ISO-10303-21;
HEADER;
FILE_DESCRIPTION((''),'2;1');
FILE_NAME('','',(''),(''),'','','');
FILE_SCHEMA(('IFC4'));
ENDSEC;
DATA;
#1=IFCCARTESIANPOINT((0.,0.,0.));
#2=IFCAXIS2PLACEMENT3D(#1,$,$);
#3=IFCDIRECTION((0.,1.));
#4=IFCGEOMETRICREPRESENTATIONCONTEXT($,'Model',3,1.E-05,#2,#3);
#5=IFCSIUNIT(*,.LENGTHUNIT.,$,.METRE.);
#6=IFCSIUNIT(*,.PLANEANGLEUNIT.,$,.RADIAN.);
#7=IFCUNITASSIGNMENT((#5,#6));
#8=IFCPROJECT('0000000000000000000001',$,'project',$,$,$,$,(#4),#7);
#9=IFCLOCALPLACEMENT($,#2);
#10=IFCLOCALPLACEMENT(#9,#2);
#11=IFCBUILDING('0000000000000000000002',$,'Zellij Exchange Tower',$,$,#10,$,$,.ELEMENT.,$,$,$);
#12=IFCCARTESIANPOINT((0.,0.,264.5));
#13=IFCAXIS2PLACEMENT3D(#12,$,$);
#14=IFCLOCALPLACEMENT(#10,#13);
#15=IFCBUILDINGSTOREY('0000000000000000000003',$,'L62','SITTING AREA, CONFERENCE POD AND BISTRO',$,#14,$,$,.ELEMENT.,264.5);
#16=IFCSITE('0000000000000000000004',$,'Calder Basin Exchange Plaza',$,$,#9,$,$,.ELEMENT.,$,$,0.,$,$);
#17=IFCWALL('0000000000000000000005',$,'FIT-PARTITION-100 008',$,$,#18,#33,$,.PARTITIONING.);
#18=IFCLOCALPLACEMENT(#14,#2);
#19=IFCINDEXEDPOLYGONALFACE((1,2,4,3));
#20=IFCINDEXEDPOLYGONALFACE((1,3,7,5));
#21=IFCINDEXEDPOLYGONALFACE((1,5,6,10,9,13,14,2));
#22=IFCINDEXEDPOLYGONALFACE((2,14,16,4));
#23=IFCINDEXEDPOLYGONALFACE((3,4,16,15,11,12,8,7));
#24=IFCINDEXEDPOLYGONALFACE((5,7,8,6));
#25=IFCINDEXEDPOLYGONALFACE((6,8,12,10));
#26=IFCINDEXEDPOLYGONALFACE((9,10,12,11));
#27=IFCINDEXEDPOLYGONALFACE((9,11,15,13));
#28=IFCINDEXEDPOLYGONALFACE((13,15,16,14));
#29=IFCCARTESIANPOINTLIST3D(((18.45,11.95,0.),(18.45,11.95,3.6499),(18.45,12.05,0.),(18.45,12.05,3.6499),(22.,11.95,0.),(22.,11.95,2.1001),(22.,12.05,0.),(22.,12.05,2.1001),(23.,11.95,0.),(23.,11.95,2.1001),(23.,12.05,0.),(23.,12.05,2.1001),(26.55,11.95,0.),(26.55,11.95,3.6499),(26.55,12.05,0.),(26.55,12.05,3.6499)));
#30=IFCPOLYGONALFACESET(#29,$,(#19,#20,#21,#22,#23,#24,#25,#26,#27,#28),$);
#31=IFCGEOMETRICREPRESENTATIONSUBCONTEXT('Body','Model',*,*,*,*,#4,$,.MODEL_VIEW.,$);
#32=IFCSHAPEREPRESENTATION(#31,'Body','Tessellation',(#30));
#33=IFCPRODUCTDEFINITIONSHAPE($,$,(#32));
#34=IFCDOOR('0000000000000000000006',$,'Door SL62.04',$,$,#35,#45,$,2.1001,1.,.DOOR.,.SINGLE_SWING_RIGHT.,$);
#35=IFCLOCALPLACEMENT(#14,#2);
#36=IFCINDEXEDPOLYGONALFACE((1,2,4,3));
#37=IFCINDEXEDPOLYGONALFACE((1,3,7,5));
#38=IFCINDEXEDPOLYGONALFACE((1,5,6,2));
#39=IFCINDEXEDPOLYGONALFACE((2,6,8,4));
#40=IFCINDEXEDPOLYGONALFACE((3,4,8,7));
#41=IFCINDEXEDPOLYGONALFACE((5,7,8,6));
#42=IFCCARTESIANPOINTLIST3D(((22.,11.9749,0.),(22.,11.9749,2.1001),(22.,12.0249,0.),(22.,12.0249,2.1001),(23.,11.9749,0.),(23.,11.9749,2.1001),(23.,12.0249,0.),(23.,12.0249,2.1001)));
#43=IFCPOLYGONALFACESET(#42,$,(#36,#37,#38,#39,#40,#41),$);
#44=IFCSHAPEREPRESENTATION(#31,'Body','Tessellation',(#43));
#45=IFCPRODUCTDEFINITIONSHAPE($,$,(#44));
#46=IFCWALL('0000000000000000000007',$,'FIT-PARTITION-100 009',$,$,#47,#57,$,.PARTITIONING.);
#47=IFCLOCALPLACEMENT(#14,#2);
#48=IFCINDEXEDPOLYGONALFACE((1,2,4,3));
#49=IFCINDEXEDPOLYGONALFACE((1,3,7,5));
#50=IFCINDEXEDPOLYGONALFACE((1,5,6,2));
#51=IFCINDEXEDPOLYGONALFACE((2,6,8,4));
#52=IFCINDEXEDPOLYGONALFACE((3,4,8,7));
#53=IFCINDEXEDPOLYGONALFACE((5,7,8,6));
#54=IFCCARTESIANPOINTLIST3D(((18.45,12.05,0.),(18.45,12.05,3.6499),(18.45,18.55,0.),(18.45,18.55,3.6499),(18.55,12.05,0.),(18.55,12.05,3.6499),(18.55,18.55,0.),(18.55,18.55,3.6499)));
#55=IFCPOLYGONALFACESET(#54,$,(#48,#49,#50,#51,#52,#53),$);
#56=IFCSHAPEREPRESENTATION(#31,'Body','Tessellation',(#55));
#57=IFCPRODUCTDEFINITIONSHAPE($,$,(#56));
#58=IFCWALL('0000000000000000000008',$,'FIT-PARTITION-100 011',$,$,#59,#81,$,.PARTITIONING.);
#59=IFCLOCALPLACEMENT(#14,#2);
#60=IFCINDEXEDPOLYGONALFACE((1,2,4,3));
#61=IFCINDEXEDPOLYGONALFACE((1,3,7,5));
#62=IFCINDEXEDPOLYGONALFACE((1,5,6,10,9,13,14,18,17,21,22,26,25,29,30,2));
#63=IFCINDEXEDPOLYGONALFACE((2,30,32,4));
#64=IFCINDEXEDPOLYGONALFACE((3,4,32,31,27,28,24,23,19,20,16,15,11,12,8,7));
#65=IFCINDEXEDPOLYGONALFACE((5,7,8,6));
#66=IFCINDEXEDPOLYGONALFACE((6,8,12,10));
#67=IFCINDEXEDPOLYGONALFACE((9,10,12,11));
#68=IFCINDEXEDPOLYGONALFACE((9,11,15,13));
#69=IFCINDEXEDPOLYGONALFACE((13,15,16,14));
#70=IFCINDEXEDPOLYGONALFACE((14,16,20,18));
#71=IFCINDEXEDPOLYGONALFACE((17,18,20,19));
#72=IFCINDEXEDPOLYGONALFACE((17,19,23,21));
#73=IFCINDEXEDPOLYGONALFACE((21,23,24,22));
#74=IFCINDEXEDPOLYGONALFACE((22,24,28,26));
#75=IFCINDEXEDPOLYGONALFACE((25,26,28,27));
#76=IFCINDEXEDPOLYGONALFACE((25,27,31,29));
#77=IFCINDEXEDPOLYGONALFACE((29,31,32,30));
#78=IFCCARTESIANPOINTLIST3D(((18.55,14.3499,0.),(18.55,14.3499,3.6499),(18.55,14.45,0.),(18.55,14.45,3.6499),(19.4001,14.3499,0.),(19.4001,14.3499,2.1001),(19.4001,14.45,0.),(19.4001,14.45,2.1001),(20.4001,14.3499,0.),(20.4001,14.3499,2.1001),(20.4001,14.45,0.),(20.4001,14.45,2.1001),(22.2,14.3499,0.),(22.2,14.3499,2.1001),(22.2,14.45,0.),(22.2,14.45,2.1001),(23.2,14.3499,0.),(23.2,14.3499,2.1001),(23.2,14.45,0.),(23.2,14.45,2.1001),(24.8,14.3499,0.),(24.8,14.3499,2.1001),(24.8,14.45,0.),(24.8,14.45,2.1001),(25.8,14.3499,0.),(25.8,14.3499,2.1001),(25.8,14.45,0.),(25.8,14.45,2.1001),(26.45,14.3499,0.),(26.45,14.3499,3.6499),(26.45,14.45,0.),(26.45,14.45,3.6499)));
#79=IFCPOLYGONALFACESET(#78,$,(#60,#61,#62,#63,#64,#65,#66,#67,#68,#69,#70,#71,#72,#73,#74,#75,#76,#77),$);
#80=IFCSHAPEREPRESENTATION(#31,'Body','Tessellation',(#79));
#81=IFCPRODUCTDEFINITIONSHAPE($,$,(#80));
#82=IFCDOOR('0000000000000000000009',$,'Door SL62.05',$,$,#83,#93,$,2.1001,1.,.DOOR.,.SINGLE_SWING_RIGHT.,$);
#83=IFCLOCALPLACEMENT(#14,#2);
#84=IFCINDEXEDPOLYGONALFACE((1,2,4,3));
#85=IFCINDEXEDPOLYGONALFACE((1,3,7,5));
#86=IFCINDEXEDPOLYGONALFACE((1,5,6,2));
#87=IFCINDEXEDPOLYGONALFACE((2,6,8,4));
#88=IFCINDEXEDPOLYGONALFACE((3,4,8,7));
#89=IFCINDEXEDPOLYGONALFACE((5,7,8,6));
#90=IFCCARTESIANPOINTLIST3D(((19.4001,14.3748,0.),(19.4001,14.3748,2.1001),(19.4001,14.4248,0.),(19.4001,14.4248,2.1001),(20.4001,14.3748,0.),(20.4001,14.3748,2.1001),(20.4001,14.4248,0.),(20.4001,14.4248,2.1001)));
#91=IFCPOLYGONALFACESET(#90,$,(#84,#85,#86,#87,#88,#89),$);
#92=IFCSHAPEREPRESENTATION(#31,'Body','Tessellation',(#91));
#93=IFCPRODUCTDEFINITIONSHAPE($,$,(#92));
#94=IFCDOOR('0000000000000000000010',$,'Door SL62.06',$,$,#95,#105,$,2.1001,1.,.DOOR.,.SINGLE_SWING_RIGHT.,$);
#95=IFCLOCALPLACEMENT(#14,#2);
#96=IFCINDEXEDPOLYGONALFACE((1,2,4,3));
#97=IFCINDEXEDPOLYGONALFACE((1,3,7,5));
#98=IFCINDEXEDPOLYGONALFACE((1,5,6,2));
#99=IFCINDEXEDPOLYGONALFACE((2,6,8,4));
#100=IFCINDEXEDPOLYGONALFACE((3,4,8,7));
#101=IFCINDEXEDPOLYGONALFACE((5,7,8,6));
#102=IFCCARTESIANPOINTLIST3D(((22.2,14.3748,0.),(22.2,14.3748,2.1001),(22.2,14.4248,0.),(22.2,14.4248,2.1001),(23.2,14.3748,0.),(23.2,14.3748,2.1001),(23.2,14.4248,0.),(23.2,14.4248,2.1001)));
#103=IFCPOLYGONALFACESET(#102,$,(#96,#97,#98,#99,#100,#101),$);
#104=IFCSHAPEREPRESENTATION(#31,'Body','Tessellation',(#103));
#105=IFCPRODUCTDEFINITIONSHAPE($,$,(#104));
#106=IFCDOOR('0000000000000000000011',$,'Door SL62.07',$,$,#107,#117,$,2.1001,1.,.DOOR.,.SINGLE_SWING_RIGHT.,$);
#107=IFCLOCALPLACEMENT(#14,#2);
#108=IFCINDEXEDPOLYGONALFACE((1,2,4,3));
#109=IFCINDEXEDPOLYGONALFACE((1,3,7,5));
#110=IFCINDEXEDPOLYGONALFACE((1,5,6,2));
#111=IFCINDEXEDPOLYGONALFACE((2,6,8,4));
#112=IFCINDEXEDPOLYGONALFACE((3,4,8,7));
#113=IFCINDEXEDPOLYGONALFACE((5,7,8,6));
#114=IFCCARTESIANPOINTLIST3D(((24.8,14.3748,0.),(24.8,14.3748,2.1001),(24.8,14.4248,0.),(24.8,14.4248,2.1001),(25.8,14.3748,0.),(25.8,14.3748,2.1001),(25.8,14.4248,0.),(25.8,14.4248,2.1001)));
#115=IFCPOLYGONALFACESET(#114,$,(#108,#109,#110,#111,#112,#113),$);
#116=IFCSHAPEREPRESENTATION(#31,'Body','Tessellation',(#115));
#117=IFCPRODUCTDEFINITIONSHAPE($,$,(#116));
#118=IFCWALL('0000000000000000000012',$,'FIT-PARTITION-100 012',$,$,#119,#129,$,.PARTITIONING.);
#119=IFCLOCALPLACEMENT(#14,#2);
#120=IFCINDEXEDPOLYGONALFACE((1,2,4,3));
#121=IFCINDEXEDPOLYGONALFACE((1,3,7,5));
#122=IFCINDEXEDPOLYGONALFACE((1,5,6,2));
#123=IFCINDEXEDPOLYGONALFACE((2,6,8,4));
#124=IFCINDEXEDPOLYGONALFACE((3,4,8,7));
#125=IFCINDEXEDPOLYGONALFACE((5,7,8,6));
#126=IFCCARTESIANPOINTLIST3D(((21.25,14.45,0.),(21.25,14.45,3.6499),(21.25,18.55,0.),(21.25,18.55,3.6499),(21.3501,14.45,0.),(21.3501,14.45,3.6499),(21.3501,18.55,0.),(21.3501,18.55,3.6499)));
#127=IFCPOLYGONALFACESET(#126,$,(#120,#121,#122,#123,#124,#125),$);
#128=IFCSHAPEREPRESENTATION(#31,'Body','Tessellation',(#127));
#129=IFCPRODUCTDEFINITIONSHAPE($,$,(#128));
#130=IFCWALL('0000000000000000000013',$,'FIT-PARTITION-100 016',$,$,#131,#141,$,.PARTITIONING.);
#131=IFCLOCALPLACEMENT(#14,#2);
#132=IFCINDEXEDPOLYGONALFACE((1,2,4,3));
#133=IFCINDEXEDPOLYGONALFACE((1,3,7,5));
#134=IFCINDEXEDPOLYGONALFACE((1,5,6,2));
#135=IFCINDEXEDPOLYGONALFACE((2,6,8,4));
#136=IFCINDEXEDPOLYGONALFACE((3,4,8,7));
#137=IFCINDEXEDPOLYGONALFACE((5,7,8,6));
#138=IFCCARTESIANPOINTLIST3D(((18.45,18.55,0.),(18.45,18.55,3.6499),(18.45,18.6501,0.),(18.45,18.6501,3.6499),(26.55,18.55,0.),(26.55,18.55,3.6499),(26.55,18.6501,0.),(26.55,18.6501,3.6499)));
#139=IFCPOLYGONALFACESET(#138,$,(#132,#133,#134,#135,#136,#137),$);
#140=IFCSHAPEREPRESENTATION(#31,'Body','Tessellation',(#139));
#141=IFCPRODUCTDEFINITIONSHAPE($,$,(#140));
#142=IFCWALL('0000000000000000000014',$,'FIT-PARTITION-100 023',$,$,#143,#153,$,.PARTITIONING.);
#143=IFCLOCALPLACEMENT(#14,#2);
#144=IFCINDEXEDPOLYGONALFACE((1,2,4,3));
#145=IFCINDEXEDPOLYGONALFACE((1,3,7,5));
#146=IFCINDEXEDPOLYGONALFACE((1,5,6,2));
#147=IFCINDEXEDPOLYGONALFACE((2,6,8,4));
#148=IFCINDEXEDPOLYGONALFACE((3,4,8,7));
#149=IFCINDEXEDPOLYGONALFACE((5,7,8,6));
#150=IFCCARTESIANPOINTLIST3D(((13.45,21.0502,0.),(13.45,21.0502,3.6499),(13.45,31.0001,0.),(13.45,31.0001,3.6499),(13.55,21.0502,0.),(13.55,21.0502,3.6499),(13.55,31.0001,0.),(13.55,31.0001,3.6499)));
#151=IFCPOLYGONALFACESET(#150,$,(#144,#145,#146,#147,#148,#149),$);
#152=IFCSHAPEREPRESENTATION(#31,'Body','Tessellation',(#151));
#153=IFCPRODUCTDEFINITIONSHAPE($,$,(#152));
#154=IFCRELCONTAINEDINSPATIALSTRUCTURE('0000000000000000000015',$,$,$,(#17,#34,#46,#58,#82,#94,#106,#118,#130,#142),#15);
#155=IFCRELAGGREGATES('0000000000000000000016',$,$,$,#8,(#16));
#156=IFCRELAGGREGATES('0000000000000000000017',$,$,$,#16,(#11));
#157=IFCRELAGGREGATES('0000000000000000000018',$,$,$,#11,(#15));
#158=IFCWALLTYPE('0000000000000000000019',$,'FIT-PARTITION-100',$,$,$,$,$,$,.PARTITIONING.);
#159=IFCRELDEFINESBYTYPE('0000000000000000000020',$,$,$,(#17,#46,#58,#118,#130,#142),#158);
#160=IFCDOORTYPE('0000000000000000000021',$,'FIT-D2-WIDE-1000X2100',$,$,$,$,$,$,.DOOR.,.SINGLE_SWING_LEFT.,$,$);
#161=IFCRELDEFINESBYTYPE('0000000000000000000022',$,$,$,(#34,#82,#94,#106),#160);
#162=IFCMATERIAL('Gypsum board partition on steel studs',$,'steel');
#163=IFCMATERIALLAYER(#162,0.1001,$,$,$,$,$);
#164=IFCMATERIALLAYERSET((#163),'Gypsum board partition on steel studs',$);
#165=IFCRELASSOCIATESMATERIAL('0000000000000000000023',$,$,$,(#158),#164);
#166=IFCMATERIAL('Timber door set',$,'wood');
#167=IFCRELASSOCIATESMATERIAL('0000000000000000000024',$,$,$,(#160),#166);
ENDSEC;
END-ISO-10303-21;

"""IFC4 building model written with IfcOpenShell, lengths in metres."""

from ifc_helpers import new_model, si_unit, direction, frame, frame_2d, origin, place, context, subcontext, project, spatial, rectangle, extrude, material, layer, layer_set, type_object, element, fill, save


model = new_model("IFC4")

# Units and contexts
model_context = context("Model", 3, precision=1e-05, world=origin(), true_north=direction((0.0, 1.0)))
body_context = subcontext(model_context, "Body", "Model", "MODEL_VIEW")
ifc_project = project(units=[si_unit("LENGTHUNIT", "METRE"), si_unit("PLANEANGLEUNIT", "RADIAN")], contexts=[model_context])

# Site, building, storey
site_placement = place(None, origin())
site = spatial("IfcSite", under=ifc_project, at=site_placement, Name="Calder Basin Exchange Plaza", CompositionType="ELEMENT", RefElevation=0.0)
building_placement = place(site_placement, origin())
building = spatial("IfcBuilding", under=site, at=building_placement, Name="Zellij Exchange Tower", CompositionType="ELEMENT")
storey_placement = place(building_placement, frame((0.0, 0.0, 264.5)))
storey = spatial("IfcBuildingStorey", under=building, at=storey_placement, Name="L62", Description="SITTING AREA, CONFERENCE POD AND BISTRO", CompositionType="ELEMENT", Elevation=264.5)

# Wall, opening, door
ifc_material_1 = material(Name="Gypsum board partition on steel studs", Category="steel")
ifc_layer = layer(ifc_material_1, 0.1001)
ifc_layer_set = layer_set([ifc_layer], Name="Gypsum board partition on steel studs")
wall_type = type_object("IfcWallType", Name="FIT-PARTITION-100", PredefinedType="PARTITIONING", material=ifc_layer_set)
wall_1_placement = place(storey_placement, frame((18.45, 12.0, 0.0), z_axis=(0.0, 0.0, 1.0), x_axis=(1.0, 0.0, 0.0)))
wall_1 = element("IfcWall", 1, at=wall_1_placement, inside=storey, type_object=wall_type, Name="FIT-PARTITION-100 008", PredefinedType="PARTITIONING", context=body_context, shape_type="SweptSolid", body=[
    extrude(rectangle(XDim=8.1001, YDim=0.1001, at=frame_2d((4.05, 0.0))), origin(), (0.0, 0.0, 1.0), 3.6499),
])
opening_1_placement = place(wall_1_placement, frame((3.55, 0.0, 0.0)))
opening_1 = element("IfcOpeningElement", 2, at=opening_1_placement, cuts=wall_1, PredefinedType="OPENING", context=body_context, shape_type="SweptSolid", body=[
    extrude(rectangle(XDim=1.0, YDim=2.1001, at=frame_2d((0.5, 1.05))), frame((0.0, 0.062, 0.0), z_axis=(0.0, -1.0, 0.0), x_axis=(1.0, 0.0, 0.0)), (0.0, 0.0, 1.0), 0.124),
])
ifc_material_2 = material(Name="Timber door set", Category="wood")
door_type = type_object("IfcDoorType", Name="FIT-D2-WIDE-1000X2100", OperationType="SINGLE_SWING_LEFT", PredefinedType="DOOR", material=ifc_material_2)
door_1_placement = place(opening_1_placement, origin())
door_1 = element("IfcDoor", 3, at=door_1_placement, inside=storey, type_object=door_type, Name="Door SL62.04", OperationType="SINGLE_SWING_RIGHT", OverallHeight=2.1001, OverallWidth=1.0, PredefinedType="DOOR", context=body_context, shape_type="SweptSolid", body=[
    extrude(rectangle(XDim=1.0, YDim=2.1001, at=frame_2d((0.5, 1.05))), frame((0.0, 0.0249, 0.0), z_axis=(0.0, -1.0, 0.0), x_axis=(1.0, 0.0, 0.0)), (0.0, 0.0, 1.0), 0.05),
])
fill(opening_1, door_1)

# Wall
wall_2_placement = place(storey_placement, frame((18.5, 12.05, 0.0), z_axis=(0.0, 0.0, 1.0), x_axis=(0.0, 1.0, 0.0)))
element("IfcWall", 4, at=wall_2_placement, inside=storey, type_object=wall_type, Name="FIT-PARTITION-100 009", PredefinedType="PARTITIONING", context=body_context, shape_type="SweptSolid", body=[
    extrude(rectangle(XDim=6.5, YDim=0.1001, at=frame_2d((3.25, 0.0))), origin(), (0.0, 0.0, 1.0), 3.6499),
])

# Wall, openings, doors
wall_3_placement = place(storey_placement, frame((18.55, 14.3999, 0.0), z_axis=(0.0, 0.0, 1.0), x_axis=(1.0, 0.0, 0.0)))
wall_3 = element("IfcWall", 5, at=wall_3_placement, inside=storey, type_object=wall_type, Name="FIT-PARTITION-100 011", PredefinedType="PARTITIONING", context=body_context, shape_type="SweptSolid", body=[
    extrude(rectangle(XDim=7.8999, YDim=0.1001, at=frame_2d((3.95, 0.0))), origin(), (0.0, 0.0, 1.0), 3.6499),
])
opening_2_placement = place(wall_3_placement, frame((0.8501, 0.0, 0.0)))
opening_2 = element("IfcOpeningElement", 6, at=opening_2_placement, cuts=wall_3, PredefinedType="OPENING", context=body_context, shape_type="SweptSolid", body=[
    extrude(rectangle(XDim=1.0, YDim=2.1001, at=frame_2d((0.5, 1.05))), frame((0.0, 0.062, 0.0), z_axis=(0.0, -1.0, 0.0), x_axis=(1.0, 0.0, 0.0)), (0.0, 0.0, 1.0), 0.124),
])
opening_3_placement = place(wall_3_placement, frame((3.6499, 0.0, 0.0)))
opening_3 = element("IfcOpeningElement", 7, at=opening_3_placement, cuts=wall_3, PredefinedType="OPENING", context=body_context, shape_type="SweptSolid", body=[
    extrude(rectangle(XDim=1.0, YDim=2.1001, at=frame_2d((0.5, 1.05))), frame((0.0, 0.062, 0.0), z_axis=(0.0, -1.0, 0.0), x_axis=(1.0, 0.0, 0.0)), (0.0, 0.0, 1.0), 0.124),
])
opening_4_placement = place(wall_3_placement, frame((6.25, 0.0, 0.0)))
opening_4 = element("IfcOpeningElement", 8, at=opening_4_placement, cuts=wall_3, PredefinedType="OPENING", context=body_context, shape_type="SweptSolid", body=[
    extrude(rectangle(XDim=1.0, YDim=2.1001, at=frame_2d((0.5, 1.05))), frame((0.0, 0.062, 0.0), z_axis=(0.0, -1.0, 0.0), x_axis=(1.0, 0.0, 0.0)), (0.0, 0.0, 1.0), 0.124),
])
door_2_placement = place(opening_2_placement, origin())
door_2 = element("IfcDoor", 9, at=door_2_placement, inside=storey, type_object=door_type, Name="Door SL62.05", OperationType="SINGLE_SWING_RIGHT", OverallHeight=2.1001, OverallWidth=1.0, PredefinedType="DOOR", context=body_context, shape_type="SweptSolid", body=[
    extrude(rectangle(XDim=1.0, YDim=2.1001, at=frame_2d((0.5, 1.05))), frame((0.0, 0.0249, 0.0), z_axis=(0.0, -1.0, 0.0), x_axis=(1.0, 0.0, 0.0)), (0.0, 0.0, 1.0), 0.05),
])
fill(opening_2, door_2)
door_3_placement = place(opening_3_placement, origin())
door_3 = element("IfcDoor", 10, at=door_3_placement, inside=storey, type_object=door_type, Name="Door SL62.06", OperationType="SINGLE_SWING_RIGHT", OverallHeight=2.1001, OverallWidth=1.0, PredefinedType="DOOR", context=body_context, shape_type="SweptSolid", body=[
    extrude(rectangle(XDim=1.0, YDim=2.1001, at=frame_2d((0.5, 1.05))), frame((0.0, 0.0249, 0.0), z_axis=(0.0, -1.0, 0.0), x_axis=(1.0, 0.0, 0.0)), (0.0, 0.0, 1.0), 0.05),
])
fill(opening_3, door_3)
door_4_placement = place(opening_4_placement, origin())
door_4 = element("IfcDoor", 11, at=door_4_placement, inside=storey, type_object=door_type, Name="Door SL62.07", OperationType="SINGLE_SWING_RIGHT", OverallHeight=2.1001, OverallWidth=1.0, PredefinedType="DOOR", context=body_context, shape_type="SweptSolid", body=[
    extrude(rectangle(XDim=1.0, YDim=2.1001, at=frame_2d((0.5, 1.05))), frame((0.0, 0.0249, 0.0), z_axis=(0.0, -1.0, 0.0), x_axis=(1.0, 0.0, 0.0)), (0.0, 0.0, 1.0), 0.05),
])
fill(opening_4, door_4)

# Walls
wall_4_placement = place(storey_placement, frame((21.3, 14.45, 0.0), z_axis=(0.0, 0.0, 1.0), x_axis=(0.0, 1.0, 0.0)))
element("IfcWall", 12, at=wall_4_placement, inside=storey, type_object=wall_type, Name="FIT-PARTITION-100 012", PredefinedType="PARTITIONING", context=body_context, shape_type="SweptSolid", body=[
    extrude(rectangle(XDim=4.1001, YDim=0.1001, at=frame_2d((2.05, 0.0))), origin(), (0.0, 0.0, 1.0), 3.6499),
])
wall_5_placement = place(storey_placement, frame((18.45, 18.6001, 0.0), z_axis=(0.0, 0.0, 1.0), x_axis=(1.0, 0.0, 0.0)))
element("IfcWall", 13, at=wall_5_placement, inside=storey, type_object=wall_type, Name="FIT-PARTITION-100 016", PredefinedType="PARTITIONING", context=body_context, shape_type="SweptSolid", body=[
    extrude(rectangle(XDim=8.1001, YDim=0.1001, at=frame_2d((4.05, 0.0))), origin(), (0.0, 0.0, 1.0), 3.6499),
])
wall_6_placement = place(storey_placement, frame((13.5, 21.05, 0.0), z_axis=(0.0, 0.0, 1.0), x_axis=(0.0, 1.0, 0.0)))
element("IfcWall", 14, at=wall_6_placement, inside=storey, type_object=wall_type, Name="FIT-PARTITION-100 023", PredefinedType="PARTITIONING", context=body_context, shape_type="SweptSolid", body=[
    extrude(rectangle(XDim=9.95, YDim=0.1001, at=frame_2d((4.9751, 0.0))), origin(), (0.0, 0.0, 1.0), 3.6499),
])

save(model, "model.ifc")
